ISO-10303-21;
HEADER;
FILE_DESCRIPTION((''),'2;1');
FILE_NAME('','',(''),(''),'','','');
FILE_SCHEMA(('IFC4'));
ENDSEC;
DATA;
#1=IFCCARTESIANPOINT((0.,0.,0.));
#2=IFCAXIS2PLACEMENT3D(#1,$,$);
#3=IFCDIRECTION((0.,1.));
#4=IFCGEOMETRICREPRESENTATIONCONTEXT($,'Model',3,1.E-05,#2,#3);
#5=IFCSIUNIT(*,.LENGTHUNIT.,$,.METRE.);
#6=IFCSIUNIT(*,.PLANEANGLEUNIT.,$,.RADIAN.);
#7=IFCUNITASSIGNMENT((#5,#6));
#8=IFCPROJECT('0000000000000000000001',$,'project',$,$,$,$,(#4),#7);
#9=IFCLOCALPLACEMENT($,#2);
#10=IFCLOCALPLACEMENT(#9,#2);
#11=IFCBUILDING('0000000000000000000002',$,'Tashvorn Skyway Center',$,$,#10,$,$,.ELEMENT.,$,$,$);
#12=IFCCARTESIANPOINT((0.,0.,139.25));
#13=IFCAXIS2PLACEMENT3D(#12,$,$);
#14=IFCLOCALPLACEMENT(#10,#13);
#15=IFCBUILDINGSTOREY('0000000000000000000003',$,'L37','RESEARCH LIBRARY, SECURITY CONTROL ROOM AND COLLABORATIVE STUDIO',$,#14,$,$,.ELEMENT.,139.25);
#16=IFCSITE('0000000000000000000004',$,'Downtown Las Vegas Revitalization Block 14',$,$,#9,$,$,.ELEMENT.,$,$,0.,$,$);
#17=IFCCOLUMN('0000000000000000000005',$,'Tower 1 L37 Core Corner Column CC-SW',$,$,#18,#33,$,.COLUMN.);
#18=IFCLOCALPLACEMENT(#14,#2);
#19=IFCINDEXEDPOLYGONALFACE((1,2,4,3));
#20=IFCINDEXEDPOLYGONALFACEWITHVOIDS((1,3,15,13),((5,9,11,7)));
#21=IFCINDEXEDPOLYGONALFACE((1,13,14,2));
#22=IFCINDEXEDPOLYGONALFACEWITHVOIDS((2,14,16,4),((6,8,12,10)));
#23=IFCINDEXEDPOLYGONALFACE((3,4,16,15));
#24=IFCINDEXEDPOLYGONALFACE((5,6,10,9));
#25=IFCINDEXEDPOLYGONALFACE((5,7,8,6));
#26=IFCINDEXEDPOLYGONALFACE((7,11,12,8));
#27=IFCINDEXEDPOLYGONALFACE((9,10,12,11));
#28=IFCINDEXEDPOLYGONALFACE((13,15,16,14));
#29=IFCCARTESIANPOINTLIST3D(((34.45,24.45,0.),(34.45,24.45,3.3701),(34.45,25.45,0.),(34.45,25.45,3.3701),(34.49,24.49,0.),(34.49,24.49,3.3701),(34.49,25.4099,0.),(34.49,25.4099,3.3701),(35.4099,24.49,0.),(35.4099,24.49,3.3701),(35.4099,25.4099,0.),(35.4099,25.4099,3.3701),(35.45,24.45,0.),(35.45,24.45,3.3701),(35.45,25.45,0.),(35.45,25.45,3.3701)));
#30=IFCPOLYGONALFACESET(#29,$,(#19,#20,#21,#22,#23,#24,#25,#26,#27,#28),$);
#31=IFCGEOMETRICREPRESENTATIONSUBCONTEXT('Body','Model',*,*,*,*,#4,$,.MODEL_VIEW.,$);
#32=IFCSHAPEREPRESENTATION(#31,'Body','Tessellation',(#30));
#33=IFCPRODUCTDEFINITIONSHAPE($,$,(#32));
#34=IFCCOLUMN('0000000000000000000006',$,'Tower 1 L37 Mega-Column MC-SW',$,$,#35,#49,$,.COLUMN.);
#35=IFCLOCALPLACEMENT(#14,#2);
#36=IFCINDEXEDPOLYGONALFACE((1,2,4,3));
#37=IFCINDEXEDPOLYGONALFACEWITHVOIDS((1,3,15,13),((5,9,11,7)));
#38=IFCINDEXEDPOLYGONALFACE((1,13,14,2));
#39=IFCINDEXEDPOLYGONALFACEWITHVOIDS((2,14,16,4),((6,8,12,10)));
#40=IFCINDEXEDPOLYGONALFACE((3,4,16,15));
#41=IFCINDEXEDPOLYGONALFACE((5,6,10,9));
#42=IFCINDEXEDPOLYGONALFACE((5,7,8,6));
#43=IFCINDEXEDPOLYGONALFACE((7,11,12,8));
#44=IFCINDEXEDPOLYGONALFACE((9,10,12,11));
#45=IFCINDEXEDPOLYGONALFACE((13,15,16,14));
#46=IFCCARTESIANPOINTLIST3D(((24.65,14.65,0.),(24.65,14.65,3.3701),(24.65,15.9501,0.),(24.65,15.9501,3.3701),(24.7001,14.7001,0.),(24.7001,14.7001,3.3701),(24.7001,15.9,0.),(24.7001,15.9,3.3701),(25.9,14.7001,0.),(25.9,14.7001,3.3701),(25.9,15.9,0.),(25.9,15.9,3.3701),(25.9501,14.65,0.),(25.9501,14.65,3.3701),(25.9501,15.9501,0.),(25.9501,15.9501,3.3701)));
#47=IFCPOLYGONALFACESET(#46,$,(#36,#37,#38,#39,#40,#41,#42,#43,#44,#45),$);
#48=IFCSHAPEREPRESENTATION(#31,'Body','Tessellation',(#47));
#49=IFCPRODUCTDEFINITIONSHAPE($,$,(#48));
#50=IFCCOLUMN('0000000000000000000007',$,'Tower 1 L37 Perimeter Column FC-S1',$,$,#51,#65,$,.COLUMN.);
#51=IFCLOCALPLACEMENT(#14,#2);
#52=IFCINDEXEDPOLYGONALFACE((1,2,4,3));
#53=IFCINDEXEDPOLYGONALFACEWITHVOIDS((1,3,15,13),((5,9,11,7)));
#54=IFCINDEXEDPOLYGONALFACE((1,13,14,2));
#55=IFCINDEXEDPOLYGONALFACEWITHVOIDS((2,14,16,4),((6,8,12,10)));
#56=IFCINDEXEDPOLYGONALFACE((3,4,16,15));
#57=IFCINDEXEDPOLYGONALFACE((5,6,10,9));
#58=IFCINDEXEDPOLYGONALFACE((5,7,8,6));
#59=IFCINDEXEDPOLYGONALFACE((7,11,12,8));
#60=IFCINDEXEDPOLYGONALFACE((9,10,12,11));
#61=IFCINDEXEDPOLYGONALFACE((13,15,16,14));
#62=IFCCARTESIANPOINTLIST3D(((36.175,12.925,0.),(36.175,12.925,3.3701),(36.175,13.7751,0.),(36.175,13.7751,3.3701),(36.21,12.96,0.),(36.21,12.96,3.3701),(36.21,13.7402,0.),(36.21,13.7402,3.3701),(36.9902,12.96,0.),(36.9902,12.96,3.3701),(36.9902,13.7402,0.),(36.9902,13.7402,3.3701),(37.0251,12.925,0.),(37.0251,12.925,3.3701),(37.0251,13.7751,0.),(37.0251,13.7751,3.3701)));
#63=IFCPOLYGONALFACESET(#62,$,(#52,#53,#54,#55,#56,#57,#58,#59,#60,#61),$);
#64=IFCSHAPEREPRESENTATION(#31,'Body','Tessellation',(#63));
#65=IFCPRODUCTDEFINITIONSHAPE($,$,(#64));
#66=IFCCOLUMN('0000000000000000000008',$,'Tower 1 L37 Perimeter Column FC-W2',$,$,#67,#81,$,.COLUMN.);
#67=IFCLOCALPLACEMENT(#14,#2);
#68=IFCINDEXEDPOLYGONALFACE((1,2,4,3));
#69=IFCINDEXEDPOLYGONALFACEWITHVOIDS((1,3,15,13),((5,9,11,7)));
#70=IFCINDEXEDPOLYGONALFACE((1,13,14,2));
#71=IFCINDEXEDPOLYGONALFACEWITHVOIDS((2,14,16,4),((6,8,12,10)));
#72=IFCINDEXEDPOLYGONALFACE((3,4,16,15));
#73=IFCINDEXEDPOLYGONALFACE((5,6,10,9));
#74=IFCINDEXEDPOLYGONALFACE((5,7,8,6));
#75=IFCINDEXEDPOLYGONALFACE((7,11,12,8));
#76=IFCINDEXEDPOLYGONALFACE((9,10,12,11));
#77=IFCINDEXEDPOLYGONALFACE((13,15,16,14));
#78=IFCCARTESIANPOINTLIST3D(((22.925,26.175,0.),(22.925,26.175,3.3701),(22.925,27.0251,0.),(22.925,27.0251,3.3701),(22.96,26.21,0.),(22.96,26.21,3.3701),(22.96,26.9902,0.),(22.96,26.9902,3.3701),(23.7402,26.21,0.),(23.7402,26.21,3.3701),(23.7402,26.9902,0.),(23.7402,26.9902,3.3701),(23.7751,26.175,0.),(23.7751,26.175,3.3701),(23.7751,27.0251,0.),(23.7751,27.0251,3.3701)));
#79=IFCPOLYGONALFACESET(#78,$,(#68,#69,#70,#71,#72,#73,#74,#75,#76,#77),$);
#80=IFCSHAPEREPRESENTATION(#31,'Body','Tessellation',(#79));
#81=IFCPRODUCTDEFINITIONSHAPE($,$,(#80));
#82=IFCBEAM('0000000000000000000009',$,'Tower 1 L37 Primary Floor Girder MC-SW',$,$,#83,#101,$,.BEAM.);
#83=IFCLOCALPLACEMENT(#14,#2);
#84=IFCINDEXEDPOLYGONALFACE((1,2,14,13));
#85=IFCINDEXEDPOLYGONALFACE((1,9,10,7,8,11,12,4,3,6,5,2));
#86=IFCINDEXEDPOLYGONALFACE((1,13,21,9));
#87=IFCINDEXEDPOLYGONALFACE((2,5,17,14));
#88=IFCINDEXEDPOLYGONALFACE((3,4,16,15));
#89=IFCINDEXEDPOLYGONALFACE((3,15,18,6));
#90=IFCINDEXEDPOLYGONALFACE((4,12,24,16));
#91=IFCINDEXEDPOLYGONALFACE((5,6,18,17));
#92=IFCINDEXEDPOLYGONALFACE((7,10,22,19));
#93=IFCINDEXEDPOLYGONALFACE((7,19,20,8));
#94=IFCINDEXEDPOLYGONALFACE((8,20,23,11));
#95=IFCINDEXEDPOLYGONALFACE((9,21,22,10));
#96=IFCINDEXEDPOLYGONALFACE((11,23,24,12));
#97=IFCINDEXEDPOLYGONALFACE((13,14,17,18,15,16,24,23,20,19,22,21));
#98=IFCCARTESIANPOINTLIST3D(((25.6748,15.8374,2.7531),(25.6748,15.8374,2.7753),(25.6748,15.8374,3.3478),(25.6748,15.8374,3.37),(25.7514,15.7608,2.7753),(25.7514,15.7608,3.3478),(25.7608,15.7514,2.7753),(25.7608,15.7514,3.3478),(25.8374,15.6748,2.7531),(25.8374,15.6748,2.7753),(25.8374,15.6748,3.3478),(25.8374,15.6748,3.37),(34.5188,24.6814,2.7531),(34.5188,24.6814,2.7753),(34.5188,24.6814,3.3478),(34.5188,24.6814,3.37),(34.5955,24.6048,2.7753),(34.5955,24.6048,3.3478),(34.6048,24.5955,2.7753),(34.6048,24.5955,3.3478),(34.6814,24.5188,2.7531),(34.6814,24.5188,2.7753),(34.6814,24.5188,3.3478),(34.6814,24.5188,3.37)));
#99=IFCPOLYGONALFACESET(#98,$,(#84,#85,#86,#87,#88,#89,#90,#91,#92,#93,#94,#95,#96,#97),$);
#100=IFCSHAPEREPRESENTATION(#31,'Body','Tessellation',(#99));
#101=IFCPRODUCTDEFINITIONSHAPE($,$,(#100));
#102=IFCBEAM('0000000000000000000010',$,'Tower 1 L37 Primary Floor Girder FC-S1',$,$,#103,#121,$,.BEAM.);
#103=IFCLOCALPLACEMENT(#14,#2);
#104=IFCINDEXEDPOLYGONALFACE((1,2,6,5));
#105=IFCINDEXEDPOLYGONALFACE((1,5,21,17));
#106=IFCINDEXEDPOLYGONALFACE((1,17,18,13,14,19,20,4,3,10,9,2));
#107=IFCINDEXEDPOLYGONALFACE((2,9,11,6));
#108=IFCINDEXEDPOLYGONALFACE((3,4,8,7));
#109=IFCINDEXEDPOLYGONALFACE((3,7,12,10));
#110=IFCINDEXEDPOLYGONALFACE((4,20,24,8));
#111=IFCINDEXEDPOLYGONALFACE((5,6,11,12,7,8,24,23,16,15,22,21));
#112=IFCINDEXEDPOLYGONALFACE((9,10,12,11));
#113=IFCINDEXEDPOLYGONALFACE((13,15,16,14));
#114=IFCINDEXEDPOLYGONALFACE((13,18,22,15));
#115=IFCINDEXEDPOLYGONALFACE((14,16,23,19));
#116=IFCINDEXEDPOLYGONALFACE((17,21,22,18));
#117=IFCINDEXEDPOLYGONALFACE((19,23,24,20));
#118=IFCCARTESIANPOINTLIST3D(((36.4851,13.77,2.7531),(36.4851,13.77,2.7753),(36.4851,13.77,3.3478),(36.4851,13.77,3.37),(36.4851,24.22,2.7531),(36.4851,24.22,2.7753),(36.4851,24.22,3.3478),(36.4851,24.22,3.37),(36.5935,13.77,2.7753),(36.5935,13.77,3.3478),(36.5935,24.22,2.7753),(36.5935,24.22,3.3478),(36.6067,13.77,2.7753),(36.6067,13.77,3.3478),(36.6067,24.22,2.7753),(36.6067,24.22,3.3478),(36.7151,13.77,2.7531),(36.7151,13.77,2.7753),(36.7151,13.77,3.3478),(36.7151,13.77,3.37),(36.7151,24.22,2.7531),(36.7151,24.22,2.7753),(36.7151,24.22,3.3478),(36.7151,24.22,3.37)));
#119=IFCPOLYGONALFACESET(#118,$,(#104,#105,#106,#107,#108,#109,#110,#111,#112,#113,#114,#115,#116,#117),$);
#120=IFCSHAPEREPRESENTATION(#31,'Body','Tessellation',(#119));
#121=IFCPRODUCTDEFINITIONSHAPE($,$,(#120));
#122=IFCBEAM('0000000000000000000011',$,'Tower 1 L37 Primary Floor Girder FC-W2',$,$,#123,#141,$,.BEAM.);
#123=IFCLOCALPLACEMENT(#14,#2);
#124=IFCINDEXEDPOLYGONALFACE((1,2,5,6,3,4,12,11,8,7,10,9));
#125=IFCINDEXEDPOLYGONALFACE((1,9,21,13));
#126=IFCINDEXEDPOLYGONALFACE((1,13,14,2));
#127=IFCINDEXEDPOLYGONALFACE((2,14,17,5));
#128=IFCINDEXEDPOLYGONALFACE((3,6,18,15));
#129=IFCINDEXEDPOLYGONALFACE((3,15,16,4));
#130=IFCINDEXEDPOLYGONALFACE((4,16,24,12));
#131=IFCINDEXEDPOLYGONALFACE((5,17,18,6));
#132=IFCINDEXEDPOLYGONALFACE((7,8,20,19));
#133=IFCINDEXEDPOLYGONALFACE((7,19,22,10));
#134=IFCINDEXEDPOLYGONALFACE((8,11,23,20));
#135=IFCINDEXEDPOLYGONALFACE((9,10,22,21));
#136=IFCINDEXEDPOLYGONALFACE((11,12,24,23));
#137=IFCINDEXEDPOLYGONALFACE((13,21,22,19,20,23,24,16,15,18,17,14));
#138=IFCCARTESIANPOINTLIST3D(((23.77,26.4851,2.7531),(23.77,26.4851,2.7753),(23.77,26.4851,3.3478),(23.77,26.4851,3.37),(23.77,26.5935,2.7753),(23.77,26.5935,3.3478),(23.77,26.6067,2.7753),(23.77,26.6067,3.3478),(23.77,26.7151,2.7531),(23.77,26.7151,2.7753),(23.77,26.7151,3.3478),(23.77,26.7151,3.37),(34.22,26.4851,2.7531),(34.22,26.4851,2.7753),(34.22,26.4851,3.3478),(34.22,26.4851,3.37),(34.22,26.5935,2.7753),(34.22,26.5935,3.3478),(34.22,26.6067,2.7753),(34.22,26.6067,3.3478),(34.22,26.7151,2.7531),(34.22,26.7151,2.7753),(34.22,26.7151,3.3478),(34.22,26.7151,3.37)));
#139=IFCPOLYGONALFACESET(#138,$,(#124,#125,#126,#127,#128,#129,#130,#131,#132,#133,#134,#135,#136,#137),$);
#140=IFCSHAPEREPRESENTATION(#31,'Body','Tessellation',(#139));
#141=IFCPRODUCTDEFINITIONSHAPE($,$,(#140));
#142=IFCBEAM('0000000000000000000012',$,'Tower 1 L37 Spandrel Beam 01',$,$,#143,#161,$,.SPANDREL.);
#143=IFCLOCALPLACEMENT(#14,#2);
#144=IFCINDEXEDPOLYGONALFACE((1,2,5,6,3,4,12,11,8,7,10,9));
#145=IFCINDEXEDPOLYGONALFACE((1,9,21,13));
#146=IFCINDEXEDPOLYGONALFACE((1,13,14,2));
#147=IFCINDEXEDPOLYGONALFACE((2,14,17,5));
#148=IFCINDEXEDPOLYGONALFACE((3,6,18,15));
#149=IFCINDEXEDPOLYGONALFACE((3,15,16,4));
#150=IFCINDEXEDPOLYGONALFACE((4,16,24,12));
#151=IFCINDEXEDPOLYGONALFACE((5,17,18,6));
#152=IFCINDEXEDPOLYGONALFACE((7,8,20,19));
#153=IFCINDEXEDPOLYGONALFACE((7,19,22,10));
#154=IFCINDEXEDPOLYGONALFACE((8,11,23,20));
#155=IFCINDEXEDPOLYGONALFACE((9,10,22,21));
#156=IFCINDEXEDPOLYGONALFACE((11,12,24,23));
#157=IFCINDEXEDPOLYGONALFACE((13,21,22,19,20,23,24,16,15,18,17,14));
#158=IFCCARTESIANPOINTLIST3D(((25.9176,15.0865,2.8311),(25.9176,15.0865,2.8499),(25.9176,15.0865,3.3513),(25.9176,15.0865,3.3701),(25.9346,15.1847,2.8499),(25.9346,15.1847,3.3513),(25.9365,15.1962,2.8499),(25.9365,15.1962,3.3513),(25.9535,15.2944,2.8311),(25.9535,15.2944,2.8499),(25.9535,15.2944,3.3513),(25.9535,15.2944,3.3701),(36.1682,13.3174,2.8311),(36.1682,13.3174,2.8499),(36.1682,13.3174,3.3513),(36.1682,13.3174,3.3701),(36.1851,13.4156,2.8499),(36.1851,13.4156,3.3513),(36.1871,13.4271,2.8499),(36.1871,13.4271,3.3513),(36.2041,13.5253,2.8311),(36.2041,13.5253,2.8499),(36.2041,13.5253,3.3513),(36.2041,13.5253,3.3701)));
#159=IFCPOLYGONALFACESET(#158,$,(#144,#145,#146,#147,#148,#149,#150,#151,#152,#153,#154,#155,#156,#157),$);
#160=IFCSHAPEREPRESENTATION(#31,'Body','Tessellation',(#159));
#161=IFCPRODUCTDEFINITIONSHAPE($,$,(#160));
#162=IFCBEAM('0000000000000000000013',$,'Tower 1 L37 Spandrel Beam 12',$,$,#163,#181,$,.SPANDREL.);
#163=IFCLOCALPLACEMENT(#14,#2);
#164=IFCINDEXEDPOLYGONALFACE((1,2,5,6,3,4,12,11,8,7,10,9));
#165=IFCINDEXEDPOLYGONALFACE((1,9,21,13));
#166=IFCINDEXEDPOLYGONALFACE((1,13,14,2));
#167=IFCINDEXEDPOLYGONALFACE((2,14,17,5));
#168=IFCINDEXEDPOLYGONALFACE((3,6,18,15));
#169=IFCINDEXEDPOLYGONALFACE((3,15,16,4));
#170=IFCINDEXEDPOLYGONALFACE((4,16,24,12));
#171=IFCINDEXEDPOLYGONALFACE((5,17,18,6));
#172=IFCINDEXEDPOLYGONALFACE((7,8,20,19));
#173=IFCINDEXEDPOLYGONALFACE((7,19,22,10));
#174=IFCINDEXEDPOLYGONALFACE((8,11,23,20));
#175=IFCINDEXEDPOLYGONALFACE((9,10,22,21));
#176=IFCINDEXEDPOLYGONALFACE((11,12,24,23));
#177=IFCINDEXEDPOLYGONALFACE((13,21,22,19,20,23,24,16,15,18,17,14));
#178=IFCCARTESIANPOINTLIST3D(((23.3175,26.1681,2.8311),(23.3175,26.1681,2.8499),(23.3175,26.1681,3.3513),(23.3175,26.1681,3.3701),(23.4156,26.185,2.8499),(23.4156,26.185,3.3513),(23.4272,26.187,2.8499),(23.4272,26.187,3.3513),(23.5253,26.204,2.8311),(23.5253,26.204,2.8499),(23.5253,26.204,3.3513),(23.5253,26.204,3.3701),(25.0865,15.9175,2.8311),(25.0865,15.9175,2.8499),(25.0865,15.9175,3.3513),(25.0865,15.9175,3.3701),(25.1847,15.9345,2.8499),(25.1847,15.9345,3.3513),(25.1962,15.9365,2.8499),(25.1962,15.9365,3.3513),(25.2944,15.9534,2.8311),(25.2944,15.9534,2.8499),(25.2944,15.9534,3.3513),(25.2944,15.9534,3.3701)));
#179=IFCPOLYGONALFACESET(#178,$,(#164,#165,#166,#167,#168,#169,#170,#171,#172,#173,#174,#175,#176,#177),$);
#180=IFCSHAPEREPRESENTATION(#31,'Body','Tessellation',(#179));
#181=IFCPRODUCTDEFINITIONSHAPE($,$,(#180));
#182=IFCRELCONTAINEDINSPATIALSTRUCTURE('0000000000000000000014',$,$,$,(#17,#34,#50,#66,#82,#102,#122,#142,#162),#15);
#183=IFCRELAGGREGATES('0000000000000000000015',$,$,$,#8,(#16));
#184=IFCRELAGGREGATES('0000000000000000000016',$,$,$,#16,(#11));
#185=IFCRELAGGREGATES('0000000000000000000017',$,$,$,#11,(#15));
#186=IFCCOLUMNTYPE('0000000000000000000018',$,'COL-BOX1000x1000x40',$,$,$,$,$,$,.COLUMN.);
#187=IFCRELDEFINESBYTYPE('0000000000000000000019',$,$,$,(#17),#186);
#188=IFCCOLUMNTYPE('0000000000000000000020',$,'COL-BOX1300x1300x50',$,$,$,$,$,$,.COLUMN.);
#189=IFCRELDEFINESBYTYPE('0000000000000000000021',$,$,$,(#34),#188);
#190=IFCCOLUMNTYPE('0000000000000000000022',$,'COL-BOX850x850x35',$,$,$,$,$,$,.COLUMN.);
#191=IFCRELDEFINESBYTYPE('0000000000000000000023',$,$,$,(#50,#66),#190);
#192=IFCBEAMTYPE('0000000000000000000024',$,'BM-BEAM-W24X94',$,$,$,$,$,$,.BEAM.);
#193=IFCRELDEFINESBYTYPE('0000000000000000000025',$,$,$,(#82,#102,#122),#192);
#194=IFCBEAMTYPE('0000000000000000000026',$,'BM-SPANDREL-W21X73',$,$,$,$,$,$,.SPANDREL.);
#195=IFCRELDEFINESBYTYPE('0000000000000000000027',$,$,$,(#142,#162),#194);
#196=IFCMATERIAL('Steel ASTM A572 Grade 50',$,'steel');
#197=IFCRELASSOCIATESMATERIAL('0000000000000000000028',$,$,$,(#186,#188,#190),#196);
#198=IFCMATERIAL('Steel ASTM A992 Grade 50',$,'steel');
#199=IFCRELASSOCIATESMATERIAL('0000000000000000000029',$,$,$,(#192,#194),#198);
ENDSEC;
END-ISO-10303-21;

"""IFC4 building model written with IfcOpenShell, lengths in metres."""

from ifc_helpers import new_model, si_unit, direction, frame, origin, origin_2d, place, context, subcontext, project, spatial, hollow_rectangle, i_section, extrude, material, material_profile, profile_set, type_object, element, save


model = new_model("IFC4")

# Units and contexts
model_context = context("Model", 3, precision=1e-05, world=origin(), true_north=direction((0.0, 1.0)))
body_context = subcontext(model_context, "Body", "Model", "MODEL_VIEW")
ifc_project = project(units=[si_unit("LENGTHUNIT", "METRE"), si_unit("PLANEANGLEUNIT", "RADIAN")], contexts=[model_context])

# Site, building, storey
site_placement = place(None, origin())
site = spatial("IfcSite", under=ifc_project, at=site_placement, Name="Downtown Las Vegas Revitalization Block 14", CompositionType="ELEMENT", RefElevation=0.0)
building_placement = place(site_placement, origin())
building = spatial("IfcBuilding", under=site, at=building_placement, Name="Tashvorn Skyway Center", CompositionType="ELEMENT")
storey_placement = place(building_placement, frame((0.0, 0.0, 139.25)))
storey = spatial("IfcBuildingStorey", under=building, at=storey_placement, Name="L37", Description="RESEARCH LIBRARY, SECURITY CONTROL ROOM AND COLLABORATIVE STUDIO", CompositionType="ELEMENT", Elevation=139.25)

# Columns
ifc_material_1 = material(Name="Steel ASTM A572 Grade 50", Category="steel")
ifc_material_profile_1 = material_profile(ifc_material_1, hollow_rectangle(XDim=1.0, YDim=1.0, WallThickness=0.04, at=origin_2d()), Name="BOX1000x1000x40")
ifc_profile_set_1 = profile_set([ifc_material_profile_1], Name="Steel ASTM A572 Grade 50")
column_type_1 = type_object("IfcColumnType", Name="COL-BOX1000x1000x40", PredefinedType="COLUMN", material=ifc_profile_set_1)
column_1_placement = place(storey_placement, frame((34.95, 24.95, 0.0), z_axis=(0.0, 0.0, 1.0), x_axis=(1.0, 0.0, 0.0)))
element("IfcColumn", 1, at=column_1_placement, inside=storey, type_object=column_type_1, Name="Tower 1 L37 Core Corner Column CC-SW", PredefinedType="COLUMN", context=body_context, shape_type="SweptSolid", body=[
    extrude(hollow_rectangle(XDim=1.0, YDim=1.0, WallThickness=0.04, at=origin_2d()), origin(), (0.0, 0.0, 1.0), 3.3701),
])
ifc_material_profile_2 = material_profile(ifc_material_1, hollow_rectangle(XDim=1.3, YDim=1.3, WallThickness=0.05, at=origin_2d()), Name="BOX1300x1300x50")
ifc_profile_set_2 = profile_set([ifc_material_profile_2], Name="Steel ASTM A572 Grade 50")
column_type_2 = type_object("IfcColumnType", Name="COL-BOX1300x1300x50", PredefinedType="COLUMN", material=ifc_profile_set_2)
column_2_placement = place(storey_placement, frame((25.3, 15.3, 0.0), z_axis=(0.0, 0.0, 1.0), x_axis=(1.0, 0.0, 0.0)))
element("IfcColumn", 2, at=column_2_placement, inside=storey, type_object=column_type_2, Name="Tower 1 L37 Mega-Column MC-SW", PredefinedType="COLUMN", context=body_context, shape_type="SweptSolid", body=[
    extrude(hollow_rectangle(XDim=1.3, YDim=1.3, WallThickness=0.05, at=origin_2d()), origin(), (0.0, 0.0, 1.0), 3.3701),
])
ifc_material_profile_3 = material_profile(ifc_material_1, hollow_rectangle(XDim=0.8501, YDim=0.8501, WallThickness=0.0349, at=origin_2d()), Name="BOX850x850x35")
ifc_profile_set_3 = profile_set([ifc_material_profile_3], Name="Steel ASTM A572 Grade 50")
column_type_3 = type_object("IfcColumnType", Name="COL-BOX850x850x35", PredefinedType="COLUMN", material=ifc_profile_set_3)
for number, where, z_axis, x_axis, name in (
    (3, (36.6001, 13.3501, 0.0), (0.0, 0.0, 1.0), (1.0, 0.0, 0.0), "Tower 1 L37 Perimeter Column FC-S1"),
    (4, (23.3501, 26.6001, 0.0), (0.0, 0.0, 1.0), (1.0, 0.0, 0.0), "Tower 1 L37 Perimeter Column FC-W2"),
):
    element("IfcColumn", number, at=place(storey_placement, frame(where, z_axis=z_axis, x_axis=x_axis)), inside=storey, type_object=column_type_3, Name=name, PredefinedType="COLUMN", context=body_context, shape_type="SweptSolid", body=[
        extrude(hollow_rectangle(XDim=0.8501, YDim=0.8501, WallThickness=0.0349, at=origin_2d()), origin(), (0.0, 0.0, 1.0), 3.3701),
    ])

# Beams
ifc_material_2 = material(Name="Steel ASTM A992 Grade 50", Category="steel")
ifc_material_profile_4 = material_profile(ifc_material_2, i_section(OverallWidth=0.23, OverallDepth=0.6169, WebThickness=0.0132, FlangeThickness=0.0222, at=origin_2d()), Name="W24X94")
ifc_profile_set_4 = profile_set([ifc_material_profile_4], Name="Steel ASTM A992 Grade 50")
beam_type_1 = type_object("IfcBeamType", Name="BM-BEAM-W24X94", PredefinedType="BEAM", material=ifc_profile_set_4)
beam_placement = place(storey_placement, frame((25.7561, 15.7561, 3.0615), z_axis=(0.707107, 0.707107, 0.0), x_axis=(-0.707107, 0.707107, 0.0)))
element("IfcBeam", 5, at=beam_placement, inside=storey, type_object=beam_type_1, Name="Tower 1 L37 Primary Floor Girder MC-SW", PredefinedType="BEAM", context=body_context, shape_type="SweptSolid", body=[
    extrude(i_section(OverallWidth=0.23, OverallDepth=0.6169, WebThickness=0.0132, FlangeThickness=0.0222, at=origin_2d()), origin(), (0.0, 0.0, 1.0), 12.5073),
])
for number, where, z_axis, x_axis, name in (
    (6, (36.6001, 13.77, 3.0615), (0.0, 1.0, 0.0), (-1.0, 0.0, 0.0), "Tower 1 L37 Primary Floor Girder FC-S1"),
    (7, (23.77, 26.6001, 3.0615), (1.0, 0.0, 0.0), (0.0, 1.0, 0.0), "Tower 1 L37 Primary Floor Girder FC-W2"),
):
    element("IfcBeam", number, at=place(storey_placement, frame(where, z_axis=z_axis, x_axis=x_axis)), inside=storey, type_object=beam_type_1, Name=name, PredefinedType="BEAM", context=body_context, shape_type="SweptSolid", body=[
        extrude(i_section(OverallWidth=0.23, OverallDepth=0.6169, WebThickness=0.0132, FlangeThickness=0.0222, at=origin_2d()), origin(), (0.0, 0.0, 1.0), 10.45),
    ])
ifc_material_profile_5 = material_profile(ifc_material_2, i_section(OverallWidth=0.2109, OverallDepth=0.5391, WebThickness=0.0117, FlangeThickness=0.0188, at=origin_2d()), Name="W21X73")
ifc_profile_set_5 = profile_set([ifc_material_profile_5], Name="Steel ASTM A992 Grade 50")
beam_type_2 = type_object("IfcBeamType", Name="BM-SPANDREL-W21X73", PredefinedType="SPANDREL", material=ifc_profile_set_5)
for number, where, z_axis, x_axis, name in (
    (8, (25.9355, 15.1904, 3.1006), (0.985432, -0.170067, 0.0), (0.170067, 0.985432, 0.0), "Tower 1 L37 Spandrel Beam 01"),
    (9, (23.4214, 26.186, 3.1006), (0.170067, -0.985432, 0.0), (0.985432, 0.170067, 0.0), "Tower 1 L37 Spandrel Beam 12"),
):
    element("IfcBeam", number, at=place(storey_placement, frame(where, z_axis=z_axis, x_axis=x_axis)), inside=storey, type_object=beam_type_2, Name=name, PredefinedType="SPANDREL", context=body_context, shape_type="SweptSolid", body=[
        extrude(i_section(OverallWidth=0.2109, OverallDepth=0.5391, WebThickness=0.0117, FlangeThickness=0.0188, at=origin_2d()), origin(), (0.0, 0.0, 1.0), 10.4021),
    ])

save(model, "model.ifc")
